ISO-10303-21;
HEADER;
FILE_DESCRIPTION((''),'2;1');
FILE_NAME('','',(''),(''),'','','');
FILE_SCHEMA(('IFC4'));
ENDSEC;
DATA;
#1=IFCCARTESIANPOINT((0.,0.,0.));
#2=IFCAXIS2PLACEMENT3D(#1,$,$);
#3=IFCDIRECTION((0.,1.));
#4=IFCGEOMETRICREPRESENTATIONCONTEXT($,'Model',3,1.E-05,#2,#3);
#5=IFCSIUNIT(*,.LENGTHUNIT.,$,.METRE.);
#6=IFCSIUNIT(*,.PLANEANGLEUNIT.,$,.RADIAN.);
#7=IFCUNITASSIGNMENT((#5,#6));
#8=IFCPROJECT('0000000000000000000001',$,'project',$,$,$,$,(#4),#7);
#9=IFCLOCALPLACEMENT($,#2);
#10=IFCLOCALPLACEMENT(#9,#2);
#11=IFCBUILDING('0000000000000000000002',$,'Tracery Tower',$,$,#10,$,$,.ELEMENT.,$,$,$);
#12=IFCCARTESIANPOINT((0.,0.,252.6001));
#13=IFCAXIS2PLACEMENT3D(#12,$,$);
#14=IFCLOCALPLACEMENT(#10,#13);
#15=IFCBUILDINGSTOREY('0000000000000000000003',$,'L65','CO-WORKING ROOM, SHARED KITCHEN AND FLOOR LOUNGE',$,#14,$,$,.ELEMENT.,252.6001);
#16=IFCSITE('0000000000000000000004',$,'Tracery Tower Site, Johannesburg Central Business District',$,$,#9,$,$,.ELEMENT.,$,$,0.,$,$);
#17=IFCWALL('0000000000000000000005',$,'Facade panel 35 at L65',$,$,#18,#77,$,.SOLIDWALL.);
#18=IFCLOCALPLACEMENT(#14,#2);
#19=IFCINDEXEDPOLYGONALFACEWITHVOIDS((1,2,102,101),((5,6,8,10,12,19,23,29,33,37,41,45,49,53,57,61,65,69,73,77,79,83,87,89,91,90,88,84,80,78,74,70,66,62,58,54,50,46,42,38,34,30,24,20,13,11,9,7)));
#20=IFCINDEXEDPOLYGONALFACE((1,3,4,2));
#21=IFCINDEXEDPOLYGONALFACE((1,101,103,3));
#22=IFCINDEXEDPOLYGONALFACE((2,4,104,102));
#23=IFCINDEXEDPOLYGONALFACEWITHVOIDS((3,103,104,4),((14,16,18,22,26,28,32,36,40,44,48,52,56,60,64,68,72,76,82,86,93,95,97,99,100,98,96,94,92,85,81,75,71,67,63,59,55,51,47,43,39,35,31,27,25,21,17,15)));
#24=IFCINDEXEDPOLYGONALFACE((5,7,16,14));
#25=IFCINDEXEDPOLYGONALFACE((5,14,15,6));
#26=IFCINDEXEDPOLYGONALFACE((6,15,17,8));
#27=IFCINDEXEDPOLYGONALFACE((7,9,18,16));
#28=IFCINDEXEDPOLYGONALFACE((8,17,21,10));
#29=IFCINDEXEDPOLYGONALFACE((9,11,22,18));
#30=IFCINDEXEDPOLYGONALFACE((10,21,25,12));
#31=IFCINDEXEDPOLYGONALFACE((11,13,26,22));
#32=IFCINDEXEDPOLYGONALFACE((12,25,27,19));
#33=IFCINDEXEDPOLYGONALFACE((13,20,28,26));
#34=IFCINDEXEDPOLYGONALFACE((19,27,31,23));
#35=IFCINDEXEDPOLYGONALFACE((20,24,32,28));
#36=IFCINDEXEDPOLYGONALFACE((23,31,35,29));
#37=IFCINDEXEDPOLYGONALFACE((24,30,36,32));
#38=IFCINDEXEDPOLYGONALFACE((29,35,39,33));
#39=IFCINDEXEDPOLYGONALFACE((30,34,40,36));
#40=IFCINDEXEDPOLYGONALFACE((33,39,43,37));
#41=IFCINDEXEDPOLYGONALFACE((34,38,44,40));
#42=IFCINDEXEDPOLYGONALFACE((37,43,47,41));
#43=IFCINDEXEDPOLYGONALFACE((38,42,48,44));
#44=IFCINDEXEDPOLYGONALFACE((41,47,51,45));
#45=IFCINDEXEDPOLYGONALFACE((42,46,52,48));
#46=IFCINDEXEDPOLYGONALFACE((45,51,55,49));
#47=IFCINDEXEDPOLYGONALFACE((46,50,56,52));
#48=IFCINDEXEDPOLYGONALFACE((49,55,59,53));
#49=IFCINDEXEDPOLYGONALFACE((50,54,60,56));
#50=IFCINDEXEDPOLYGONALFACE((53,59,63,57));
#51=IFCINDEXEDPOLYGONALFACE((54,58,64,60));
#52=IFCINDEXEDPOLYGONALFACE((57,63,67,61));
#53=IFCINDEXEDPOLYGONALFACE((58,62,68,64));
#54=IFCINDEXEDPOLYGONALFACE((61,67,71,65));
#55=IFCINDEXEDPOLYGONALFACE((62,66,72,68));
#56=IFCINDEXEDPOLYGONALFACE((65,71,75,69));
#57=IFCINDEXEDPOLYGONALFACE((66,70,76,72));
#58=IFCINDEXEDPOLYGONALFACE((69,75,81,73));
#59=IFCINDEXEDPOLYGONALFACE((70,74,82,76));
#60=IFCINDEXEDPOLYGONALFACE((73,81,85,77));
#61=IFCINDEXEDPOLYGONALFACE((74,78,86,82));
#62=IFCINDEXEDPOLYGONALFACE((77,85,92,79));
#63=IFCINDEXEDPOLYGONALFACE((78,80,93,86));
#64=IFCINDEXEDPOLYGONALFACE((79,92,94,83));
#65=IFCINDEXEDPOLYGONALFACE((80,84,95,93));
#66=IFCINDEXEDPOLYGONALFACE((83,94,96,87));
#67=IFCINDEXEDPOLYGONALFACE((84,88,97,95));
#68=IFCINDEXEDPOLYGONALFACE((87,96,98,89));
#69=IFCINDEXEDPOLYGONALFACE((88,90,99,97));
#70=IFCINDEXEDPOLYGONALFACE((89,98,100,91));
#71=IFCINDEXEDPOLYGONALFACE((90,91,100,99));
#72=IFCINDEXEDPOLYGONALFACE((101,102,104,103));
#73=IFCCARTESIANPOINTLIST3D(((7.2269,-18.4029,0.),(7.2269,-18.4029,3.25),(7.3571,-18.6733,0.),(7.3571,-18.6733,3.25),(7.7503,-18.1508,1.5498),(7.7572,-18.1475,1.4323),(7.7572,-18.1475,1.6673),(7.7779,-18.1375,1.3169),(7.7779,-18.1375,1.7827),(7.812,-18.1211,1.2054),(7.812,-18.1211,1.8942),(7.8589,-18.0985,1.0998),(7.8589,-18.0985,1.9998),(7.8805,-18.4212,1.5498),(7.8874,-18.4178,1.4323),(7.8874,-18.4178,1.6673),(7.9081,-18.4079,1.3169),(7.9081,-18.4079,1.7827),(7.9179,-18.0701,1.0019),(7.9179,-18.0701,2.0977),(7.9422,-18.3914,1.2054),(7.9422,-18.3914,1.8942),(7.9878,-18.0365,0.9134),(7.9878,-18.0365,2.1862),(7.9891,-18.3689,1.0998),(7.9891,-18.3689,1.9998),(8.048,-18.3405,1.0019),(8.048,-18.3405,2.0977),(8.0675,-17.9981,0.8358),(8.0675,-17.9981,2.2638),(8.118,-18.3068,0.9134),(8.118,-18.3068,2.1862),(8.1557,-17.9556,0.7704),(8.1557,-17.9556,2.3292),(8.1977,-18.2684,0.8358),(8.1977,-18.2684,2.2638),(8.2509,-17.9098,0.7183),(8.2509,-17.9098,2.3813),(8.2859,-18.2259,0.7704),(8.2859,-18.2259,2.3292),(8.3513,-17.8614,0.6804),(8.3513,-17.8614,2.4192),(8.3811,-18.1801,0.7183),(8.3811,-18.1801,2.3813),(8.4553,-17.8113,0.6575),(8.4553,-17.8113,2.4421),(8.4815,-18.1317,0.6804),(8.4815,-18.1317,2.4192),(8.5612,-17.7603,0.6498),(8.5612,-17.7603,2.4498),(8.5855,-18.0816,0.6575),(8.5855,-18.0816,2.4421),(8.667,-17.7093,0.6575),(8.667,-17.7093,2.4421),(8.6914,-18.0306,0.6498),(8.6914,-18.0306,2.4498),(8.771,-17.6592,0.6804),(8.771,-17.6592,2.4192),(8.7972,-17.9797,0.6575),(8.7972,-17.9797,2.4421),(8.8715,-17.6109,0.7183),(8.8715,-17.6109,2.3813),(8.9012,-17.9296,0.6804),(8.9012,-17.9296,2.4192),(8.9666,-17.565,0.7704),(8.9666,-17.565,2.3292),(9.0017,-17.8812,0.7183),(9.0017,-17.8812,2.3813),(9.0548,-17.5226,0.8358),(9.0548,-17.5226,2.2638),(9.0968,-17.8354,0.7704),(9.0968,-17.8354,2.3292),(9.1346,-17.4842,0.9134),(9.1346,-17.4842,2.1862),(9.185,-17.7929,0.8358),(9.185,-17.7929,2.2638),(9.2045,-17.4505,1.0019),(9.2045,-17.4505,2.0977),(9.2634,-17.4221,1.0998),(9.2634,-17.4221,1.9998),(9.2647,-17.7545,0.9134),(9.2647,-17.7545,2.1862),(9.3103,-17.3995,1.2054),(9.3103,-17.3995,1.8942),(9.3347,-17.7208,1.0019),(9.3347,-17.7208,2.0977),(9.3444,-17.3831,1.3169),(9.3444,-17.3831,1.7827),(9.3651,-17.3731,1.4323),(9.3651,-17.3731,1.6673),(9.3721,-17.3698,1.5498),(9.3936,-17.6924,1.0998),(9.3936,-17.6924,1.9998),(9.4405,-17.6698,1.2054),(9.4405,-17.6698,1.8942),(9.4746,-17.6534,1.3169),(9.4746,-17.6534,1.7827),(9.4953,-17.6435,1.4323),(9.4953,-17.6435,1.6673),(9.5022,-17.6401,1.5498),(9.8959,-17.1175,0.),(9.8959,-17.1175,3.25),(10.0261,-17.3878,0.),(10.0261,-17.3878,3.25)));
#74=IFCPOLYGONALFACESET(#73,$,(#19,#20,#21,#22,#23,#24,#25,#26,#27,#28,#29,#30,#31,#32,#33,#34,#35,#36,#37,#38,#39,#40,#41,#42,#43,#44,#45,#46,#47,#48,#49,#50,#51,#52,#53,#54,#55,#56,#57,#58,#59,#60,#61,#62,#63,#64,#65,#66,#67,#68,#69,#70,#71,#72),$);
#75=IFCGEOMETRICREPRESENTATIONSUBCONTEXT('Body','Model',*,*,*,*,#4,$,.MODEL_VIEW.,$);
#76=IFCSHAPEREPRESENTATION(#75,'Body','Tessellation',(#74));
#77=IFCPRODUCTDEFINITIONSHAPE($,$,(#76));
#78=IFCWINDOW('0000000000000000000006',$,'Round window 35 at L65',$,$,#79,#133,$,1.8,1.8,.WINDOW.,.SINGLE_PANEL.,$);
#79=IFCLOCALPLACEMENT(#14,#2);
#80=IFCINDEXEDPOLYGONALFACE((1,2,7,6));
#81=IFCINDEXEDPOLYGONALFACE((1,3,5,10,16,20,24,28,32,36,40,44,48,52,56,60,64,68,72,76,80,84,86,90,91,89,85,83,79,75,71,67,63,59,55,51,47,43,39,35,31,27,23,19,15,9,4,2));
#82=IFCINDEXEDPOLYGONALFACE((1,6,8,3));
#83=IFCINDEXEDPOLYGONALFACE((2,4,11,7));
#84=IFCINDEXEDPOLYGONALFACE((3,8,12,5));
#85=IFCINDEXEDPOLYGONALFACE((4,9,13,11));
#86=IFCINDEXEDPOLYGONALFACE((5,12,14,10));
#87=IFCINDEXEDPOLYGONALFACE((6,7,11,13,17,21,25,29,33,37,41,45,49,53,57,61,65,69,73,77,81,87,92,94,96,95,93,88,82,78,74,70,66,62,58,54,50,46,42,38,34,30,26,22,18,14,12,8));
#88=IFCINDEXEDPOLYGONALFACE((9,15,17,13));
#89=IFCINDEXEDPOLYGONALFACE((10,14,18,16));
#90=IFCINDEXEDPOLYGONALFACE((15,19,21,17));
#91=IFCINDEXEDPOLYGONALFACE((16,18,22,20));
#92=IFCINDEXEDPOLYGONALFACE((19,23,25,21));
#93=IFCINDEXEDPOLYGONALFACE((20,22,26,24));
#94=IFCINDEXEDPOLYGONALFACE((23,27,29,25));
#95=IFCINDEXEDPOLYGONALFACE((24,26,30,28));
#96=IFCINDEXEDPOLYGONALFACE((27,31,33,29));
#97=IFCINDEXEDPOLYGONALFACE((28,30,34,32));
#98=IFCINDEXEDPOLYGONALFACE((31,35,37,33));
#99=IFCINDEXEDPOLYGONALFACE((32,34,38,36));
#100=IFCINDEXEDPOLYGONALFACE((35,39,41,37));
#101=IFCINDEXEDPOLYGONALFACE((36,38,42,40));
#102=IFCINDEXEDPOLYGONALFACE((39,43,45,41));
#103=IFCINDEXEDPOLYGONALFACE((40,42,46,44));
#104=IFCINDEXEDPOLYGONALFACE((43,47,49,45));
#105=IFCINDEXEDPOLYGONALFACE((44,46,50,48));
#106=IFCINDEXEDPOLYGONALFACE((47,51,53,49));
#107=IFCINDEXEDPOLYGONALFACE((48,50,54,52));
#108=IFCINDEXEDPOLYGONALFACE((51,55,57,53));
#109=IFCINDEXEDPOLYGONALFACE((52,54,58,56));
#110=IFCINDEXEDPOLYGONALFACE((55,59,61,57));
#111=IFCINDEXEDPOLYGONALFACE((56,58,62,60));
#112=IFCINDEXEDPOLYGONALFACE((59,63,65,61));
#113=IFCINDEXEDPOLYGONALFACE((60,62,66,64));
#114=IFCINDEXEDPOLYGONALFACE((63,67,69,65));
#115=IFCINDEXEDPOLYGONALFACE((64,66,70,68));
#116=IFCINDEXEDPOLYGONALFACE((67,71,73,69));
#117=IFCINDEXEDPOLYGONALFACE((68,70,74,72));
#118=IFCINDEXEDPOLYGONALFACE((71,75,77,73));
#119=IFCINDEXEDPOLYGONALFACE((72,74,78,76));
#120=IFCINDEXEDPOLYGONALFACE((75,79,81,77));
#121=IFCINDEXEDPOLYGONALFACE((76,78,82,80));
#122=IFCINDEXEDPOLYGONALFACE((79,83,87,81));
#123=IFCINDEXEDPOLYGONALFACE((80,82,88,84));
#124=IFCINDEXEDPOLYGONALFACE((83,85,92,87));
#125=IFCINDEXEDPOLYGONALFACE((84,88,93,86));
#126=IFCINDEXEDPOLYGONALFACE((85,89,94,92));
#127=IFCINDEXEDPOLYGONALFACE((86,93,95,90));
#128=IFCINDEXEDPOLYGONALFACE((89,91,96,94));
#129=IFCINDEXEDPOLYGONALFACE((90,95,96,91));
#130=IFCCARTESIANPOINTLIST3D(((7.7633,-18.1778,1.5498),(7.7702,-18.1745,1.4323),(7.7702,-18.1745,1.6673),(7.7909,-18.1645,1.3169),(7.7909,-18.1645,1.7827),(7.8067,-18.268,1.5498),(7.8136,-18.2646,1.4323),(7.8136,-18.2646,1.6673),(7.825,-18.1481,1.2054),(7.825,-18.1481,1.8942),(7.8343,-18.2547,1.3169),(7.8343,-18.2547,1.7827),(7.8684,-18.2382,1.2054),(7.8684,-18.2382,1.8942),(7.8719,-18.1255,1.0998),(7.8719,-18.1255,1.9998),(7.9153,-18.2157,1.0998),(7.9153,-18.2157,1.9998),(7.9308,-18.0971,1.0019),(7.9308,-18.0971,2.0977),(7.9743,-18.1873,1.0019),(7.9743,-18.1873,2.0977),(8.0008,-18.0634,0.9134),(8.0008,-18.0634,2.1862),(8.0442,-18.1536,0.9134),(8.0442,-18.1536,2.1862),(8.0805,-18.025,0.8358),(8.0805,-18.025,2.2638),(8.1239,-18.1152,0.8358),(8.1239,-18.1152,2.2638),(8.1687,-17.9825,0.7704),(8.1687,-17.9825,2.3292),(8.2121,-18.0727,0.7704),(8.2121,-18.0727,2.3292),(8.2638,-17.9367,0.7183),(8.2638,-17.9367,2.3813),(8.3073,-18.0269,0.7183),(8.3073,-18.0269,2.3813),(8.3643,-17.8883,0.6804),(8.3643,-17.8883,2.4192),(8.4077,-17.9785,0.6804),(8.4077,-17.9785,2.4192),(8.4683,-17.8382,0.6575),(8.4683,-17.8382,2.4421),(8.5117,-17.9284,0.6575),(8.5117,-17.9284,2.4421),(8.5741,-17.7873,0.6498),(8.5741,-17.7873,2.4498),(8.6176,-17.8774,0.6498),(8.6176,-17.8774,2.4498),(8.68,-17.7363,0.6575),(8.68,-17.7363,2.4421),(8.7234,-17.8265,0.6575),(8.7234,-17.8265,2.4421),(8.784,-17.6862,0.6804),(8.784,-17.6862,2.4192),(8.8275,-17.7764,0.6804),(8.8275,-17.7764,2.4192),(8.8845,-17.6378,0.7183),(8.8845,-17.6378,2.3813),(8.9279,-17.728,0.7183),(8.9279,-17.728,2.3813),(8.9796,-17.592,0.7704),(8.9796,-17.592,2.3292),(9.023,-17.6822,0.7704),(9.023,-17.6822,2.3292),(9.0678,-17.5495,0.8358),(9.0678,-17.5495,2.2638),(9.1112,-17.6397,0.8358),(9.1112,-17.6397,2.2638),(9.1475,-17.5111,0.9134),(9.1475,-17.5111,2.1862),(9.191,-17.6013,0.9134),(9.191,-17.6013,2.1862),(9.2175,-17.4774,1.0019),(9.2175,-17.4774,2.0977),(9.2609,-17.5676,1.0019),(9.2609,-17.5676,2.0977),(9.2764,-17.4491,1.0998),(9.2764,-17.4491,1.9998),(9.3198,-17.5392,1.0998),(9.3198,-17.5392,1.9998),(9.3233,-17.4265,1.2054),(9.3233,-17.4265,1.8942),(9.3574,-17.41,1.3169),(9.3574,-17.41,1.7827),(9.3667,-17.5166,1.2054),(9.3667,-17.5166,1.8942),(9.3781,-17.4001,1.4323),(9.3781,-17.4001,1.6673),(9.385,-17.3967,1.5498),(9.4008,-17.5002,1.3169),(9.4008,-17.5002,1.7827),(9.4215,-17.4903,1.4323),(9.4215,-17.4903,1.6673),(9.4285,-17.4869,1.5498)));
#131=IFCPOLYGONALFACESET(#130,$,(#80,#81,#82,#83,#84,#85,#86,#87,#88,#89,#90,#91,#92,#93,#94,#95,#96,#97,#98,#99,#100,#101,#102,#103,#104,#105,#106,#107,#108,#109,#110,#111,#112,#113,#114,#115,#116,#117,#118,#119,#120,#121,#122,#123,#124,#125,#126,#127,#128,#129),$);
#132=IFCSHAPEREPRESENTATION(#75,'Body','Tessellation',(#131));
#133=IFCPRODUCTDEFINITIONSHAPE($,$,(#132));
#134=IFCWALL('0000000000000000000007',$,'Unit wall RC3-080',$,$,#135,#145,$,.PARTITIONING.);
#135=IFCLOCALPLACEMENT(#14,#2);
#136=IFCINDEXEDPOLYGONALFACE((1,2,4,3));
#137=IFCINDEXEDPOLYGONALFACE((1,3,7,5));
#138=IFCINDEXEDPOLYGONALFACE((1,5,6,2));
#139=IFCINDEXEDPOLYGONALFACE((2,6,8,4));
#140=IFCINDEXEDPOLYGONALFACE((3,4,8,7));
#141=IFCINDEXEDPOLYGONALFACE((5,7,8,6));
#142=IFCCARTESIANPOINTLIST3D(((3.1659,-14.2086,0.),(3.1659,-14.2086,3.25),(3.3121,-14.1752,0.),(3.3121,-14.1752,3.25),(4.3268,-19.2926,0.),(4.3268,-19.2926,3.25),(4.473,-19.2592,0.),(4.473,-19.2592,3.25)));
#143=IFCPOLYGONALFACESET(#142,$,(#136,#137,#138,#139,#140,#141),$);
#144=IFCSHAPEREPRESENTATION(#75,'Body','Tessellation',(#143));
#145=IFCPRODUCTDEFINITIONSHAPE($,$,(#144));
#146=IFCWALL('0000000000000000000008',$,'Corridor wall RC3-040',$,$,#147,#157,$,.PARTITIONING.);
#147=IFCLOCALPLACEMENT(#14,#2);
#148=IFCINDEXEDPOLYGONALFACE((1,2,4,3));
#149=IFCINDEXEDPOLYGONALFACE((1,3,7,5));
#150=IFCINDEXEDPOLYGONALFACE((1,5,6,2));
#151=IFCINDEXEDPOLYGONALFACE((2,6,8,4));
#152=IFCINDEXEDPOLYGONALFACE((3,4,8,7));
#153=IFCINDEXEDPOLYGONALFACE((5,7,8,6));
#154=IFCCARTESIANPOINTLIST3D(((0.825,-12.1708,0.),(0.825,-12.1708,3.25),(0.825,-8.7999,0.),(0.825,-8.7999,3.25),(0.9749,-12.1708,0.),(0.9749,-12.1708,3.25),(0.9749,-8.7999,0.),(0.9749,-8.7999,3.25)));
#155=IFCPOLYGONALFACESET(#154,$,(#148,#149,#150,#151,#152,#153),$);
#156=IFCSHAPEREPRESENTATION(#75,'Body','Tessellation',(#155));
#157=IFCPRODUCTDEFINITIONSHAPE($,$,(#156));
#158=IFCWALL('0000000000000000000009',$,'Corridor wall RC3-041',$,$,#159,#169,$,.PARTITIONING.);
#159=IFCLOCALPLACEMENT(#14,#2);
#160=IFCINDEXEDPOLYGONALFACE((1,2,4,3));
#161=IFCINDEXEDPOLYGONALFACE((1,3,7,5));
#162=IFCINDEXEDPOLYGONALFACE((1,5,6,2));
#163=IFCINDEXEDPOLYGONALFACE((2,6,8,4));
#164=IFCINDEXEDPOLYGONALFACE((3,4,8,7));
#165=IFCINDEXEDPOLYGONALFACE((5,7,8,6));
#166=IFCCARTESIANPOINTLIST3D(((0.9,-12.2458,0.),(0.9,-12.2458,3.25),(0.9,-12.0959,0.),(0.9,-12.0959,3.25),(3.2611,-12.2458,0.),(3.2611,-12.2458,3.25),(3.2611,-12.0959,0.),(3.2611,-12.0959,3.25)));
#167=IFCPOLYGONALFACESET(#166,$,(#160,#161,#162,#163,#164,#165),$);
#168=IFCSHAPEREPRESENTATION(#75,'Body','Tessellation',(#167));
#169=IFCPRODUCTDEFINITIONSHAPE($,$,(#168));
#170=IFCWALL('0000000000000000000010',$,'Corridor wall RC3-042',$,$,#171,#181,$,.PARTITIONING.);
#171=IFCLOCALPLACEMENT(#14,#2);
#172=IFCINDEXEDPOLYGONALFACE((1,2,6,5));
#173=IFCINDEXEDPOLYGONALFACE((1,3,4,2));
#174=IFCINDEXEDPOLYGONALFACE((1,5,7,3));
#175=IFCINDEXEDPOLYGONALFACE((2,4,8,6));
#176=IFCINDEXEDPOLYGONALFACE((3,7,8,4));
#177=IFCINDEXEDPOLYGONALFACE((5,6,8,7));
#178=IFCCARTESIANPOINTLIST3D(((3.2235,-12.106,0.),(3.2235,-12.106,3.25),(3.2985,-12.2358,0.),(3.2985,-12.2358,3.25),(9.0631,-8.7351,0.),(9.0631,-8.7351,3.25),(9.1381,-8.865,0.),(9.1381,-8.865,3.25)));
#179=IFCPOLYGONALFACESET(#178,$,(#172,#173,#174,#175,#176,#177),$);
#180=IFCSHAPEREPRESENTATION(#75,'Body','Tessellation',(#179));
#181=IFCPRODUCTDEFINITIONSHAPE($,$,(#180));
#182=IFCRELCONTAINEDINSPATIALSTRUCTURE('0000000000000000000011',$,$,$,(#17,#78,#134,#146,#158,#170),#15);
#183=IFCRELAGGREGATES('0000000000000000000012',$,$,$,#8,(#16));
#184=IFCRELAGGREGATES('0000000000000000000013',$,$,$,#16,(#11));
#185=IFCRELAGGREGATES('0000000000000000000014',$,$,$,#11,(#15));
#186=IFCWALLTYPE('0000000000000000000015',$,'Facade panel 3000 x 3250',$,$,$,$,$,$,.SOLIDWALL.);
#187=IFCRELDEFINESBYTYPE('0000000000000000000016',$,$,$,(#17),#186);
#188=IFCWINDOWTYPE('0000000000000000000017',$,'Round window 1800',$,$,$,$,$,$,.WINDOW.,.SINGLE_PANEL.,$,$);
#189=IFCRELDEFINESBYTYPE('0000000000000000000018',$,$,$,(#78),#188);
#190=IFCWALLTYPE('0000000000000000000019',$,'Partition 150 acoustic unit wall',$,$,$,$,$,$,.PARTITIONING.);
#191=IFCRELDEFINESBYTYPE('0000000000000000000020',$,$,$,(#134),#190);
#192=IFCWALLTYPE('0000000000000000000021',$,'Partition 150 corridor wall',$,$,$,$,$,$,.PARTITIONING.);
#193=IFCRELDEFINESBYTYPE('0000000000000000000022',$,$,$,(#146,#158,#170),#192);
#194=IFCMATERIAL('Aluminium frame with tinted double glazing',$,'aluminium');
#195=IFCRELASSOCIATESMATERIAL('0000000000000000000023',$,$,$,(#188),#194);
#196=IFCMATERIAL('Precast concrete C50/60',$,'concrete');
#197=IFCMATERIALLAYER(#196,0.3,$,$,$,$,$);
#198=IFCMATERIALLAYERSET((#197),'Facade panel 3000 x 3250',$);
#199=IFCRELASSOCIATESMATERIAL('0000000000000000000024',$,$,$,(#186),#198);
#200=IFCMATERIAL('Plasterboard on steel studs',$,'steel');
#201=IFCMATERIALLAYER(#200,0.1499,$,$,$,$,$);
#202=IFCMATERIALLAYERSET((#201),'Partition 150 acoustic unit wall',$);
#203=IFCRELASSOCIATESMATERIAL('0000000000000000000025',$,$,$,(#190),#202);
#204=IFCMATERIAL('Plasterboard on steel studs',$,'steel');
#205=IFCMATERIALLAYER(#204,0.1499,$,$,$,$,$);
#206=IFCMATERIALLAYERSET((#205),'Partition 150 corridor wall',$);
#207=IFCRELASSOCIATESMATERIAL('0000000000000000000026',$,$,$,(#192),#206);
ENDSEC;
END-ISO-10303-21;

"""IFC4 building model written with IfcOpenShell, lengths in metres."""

from ifc_helpers import new_model, si_unit, direction, frame, frame_2d, origin, origin_2d, place, context, subcontext, project, spatial, rectangle, circle, extrude, material, layer, layer_set, type_object, element, fill, save


model = new_model("IFC4")

# Units and contexts
model_context = context("Model", 3, precision=1e-05, world=origin(), true_north=direction((0.0, 1.0)))
body_context = subcontext(model_context, "Body", "Model", "MODEL_VIEW")
ifc_project = project(units=[si_unit("LENGTHUNIT", "METRE"), si_unit("PLANEANGLEUNIT", "RADIAN")], contexts=[model_context])

# Site, building, storey
site_placement = place(None, origin())
site = spatial("IfcSite", under=ifc_project, at=site_placement, Name="Tracery Tower Site, Johannesburg Central Business District", CompositionType="ELEMENT", RefElevation=0.0)
building_placement = place(site_placement, origin())
building = spatial("IfcBuilding", under=site, at=building_placement, Name="Tracery Tower", CompositionType="ELEMENT")
storey_placement = place(building_placement, frame((0.0, 0.0, 252.6001)))
storey = spatial("IfcBuildingStorey", under=building, at=storey_placement, Name="L65", Description="CO-WORKING ROOM, SHARED KITCHEN AND FLOOR LOUNGE", CompositionType="ELEMENT", Elevation=252.6001)

# Wall, opening, window
ifc_material_1 = material(Name="Aluminium frame with tinted double glazing", Category="aluminium")
window_type = type_object("IfcWindowType", Name="Round window 1800", PartitioningType="SINGLE_PANEL", PredefinedType="WINDOW", material=ifc_material_1)
ifc_material_2 = material(Name="Precast concrete C50/60", Category="concrete")
ifc_layer_1 = layer(ifc_material_2, 0.3)
ifc_layer_set_1 = layer_set([ifc_layer_1], Name="Facade panel 3000 x 3250")
wall_type_1 = type_object("IfcWallType", Name="Facade panel 3000 x 3250", PredefinedType="SOLIDWALL", material=ifc_layer_set_1)
wall_1_placement = place(storey_placement, frame((7.292, -18.5381, 0.0), z_axis=(0.0, 0.0, 1.0), x_axis=(0.900955, 0.433912, 0.0)))
wall_1 = element("IfcWall", 1, at=wall_1_placement, inside=storey, type_object=wall_type_1, Name="Facade panel 35 at L65", PredefinedType="SOLIDWALL", context=body_context, shape_type="SweptSolid", body=[
    extrude(rectangle(XDim=2.9624, YDim=0.3, at=frame_2d((1.4812, 0.0))), origin(), (0.0, 0.0, 1.0), 3.25),
])
opening_1_placement = place(wall_1_placement, frame((1.481, 0.0, 1.5498)))
opening_1 = element("IfcOpeningElement", 2, at=opening_1_placement, cuts=wall_1, PredefinedType="OPENING", context=body_context, shape_type="SweptSolid", body=[
    extrude(circle(Radius=0.9, at=origin_2d()), frame((0.0, 0.1599, 0.0), z_axis=(0.0, -1.0, 0.0), x_axis=(1.0, 0.0, 0.0)), (0.0, 0.0, 1.0), 0.3201),
])
window_1_placement = place(opening_1_placement, origin())
window_1 = element("IfcWindow", 3, at=window_1_placement, inside=storey, type_object=window_type, Name="Round window 35 at L65", OverallHeight=1.8, OverallWidth=1.8, PartitioningType="SINGLE_PANEL", PredefinedType="WINDOW", context=body_context, shape_type="SweptSolid", body=[
    extrude(circle(Radius=0.9, at=origin_2d()), frame((0.0, 0.1201, 0.0), z_axis=(0.0, -1.0, 0.0), x_axis=(1.0, 0.0, 0.0)), (0.0, 0.0, 1.0), 0.1001),
])
fill(opening_1, window_1)

# Walls
ifc_material_3 = material(Name="Plasterboard on steel studs", Category="steel")
ifc_layer_2 = layer(ifc_material_3, 0.1499)
ifc_layer_set_2 = layer_set([ifc_layer_2], Name="Partition 150 acoustic unit wall")
wall_type_2 = type_object("IfcWallType", Name="Partition 150 acoustic unit wall", PredefinedType="PARTITIONING", material=ifc_layer_set_2)
wall_2_placement = place(storey_placement, frame((3.239, -14.1919, 0.0), z_axis=(0.0, 0.0, 1.0), x_axis=(0.222613, -0.974907, 0.0)))
element("IfcWall", 4, at=wall_2_placement, inside=storey, type_object=wall_type_2, Name="Unit wall RC3-080", PredefinedType="PARTITIONING", context=body_context, shape_type="SweptSolid", body=[
    extrude(rectangle(XDim=5.2148, YDim=0.1499, at=frame_2d((2.6074, 0.0))), origin(), (0.0, 0.0, 1.0), 3.25),
])
ifc_material_4 = material(Name="Plasterboard on steel studs", Category="steel")
ifc_layer_3 = layer(ifc_material_4, 0.1499)
ifc_layer_set_3 = layer_set([ifc_layer_3], Name="Partition 150 corridor wall")
wall_type_3 = type_object("IfcWallType", Name="Partition 150 corridor wall", PredefinedType="PARTITIONING", material=ifc_layer_set_3)
wall_3_placement = place(storey_placement, frame((0.8999, -12.1709, 0.0), z_axis=(0.0, 0.0, 1.0), x_axis=(0.0, 1.0, 0.0)))
element("IfcWall", 5, at=wall_3_placement, inside=storey, type_object=wall_type_3, Name="Corridor wall RC3-040", PredefinedType="PARTITIONING", context=body_context, shape_type="SweptSolid", body=[
    extrude(rectangle(XDim=3.3708, YDim=0.1499, at=frame_2d((1.6855, 0.0))), origin(), (0.0, 0.0, 1.0), 3.25),
])
wall_4_placement = place(storey_placement, frame((0.8999, -12.1709, 0.0), z_axis=(0.0, 0.0, 1.0), x_axis=(1.0, 0.0, 0.0)))
element("IfcWall", 6, at=wall_4_placement, inside=storey, type_object=wall_type_3, Name="Corridor wall RC3-041", PredefinedType="PARTITIONING", context=body_context, shape_type="SweptSolid", body=[
    extrude(rectangle(XDim=2.3611, YDim=0.1499, at=frame_2d((1.1807, 0.0))), origin(), (0.0, 0.0, 1.0), 3.25),
])
wall_5_placement = place(storey_placement, frame((3.261, -12.1709, 0.0), z_axis=(0.0, 0.0, 1.0), x_axis=(0.866067, 0.499928, 0.0)))
element("IfcWall", 7, at=wall_5_placement, inside=storey, type_object=wall_type_3, Name="Corridor wall RC3-042", PredefinedType="PARTITIONING", context=body_context, shape_type="SweptSolid", body=[
    extrude(rectangle(XDim=6.7427, YDim=0.1499, at=frame_2d((3.3713, 0.0))), origin(), (0.0, 0.0, 1.0), 3.25),
])

save(model, "model.ifc")
